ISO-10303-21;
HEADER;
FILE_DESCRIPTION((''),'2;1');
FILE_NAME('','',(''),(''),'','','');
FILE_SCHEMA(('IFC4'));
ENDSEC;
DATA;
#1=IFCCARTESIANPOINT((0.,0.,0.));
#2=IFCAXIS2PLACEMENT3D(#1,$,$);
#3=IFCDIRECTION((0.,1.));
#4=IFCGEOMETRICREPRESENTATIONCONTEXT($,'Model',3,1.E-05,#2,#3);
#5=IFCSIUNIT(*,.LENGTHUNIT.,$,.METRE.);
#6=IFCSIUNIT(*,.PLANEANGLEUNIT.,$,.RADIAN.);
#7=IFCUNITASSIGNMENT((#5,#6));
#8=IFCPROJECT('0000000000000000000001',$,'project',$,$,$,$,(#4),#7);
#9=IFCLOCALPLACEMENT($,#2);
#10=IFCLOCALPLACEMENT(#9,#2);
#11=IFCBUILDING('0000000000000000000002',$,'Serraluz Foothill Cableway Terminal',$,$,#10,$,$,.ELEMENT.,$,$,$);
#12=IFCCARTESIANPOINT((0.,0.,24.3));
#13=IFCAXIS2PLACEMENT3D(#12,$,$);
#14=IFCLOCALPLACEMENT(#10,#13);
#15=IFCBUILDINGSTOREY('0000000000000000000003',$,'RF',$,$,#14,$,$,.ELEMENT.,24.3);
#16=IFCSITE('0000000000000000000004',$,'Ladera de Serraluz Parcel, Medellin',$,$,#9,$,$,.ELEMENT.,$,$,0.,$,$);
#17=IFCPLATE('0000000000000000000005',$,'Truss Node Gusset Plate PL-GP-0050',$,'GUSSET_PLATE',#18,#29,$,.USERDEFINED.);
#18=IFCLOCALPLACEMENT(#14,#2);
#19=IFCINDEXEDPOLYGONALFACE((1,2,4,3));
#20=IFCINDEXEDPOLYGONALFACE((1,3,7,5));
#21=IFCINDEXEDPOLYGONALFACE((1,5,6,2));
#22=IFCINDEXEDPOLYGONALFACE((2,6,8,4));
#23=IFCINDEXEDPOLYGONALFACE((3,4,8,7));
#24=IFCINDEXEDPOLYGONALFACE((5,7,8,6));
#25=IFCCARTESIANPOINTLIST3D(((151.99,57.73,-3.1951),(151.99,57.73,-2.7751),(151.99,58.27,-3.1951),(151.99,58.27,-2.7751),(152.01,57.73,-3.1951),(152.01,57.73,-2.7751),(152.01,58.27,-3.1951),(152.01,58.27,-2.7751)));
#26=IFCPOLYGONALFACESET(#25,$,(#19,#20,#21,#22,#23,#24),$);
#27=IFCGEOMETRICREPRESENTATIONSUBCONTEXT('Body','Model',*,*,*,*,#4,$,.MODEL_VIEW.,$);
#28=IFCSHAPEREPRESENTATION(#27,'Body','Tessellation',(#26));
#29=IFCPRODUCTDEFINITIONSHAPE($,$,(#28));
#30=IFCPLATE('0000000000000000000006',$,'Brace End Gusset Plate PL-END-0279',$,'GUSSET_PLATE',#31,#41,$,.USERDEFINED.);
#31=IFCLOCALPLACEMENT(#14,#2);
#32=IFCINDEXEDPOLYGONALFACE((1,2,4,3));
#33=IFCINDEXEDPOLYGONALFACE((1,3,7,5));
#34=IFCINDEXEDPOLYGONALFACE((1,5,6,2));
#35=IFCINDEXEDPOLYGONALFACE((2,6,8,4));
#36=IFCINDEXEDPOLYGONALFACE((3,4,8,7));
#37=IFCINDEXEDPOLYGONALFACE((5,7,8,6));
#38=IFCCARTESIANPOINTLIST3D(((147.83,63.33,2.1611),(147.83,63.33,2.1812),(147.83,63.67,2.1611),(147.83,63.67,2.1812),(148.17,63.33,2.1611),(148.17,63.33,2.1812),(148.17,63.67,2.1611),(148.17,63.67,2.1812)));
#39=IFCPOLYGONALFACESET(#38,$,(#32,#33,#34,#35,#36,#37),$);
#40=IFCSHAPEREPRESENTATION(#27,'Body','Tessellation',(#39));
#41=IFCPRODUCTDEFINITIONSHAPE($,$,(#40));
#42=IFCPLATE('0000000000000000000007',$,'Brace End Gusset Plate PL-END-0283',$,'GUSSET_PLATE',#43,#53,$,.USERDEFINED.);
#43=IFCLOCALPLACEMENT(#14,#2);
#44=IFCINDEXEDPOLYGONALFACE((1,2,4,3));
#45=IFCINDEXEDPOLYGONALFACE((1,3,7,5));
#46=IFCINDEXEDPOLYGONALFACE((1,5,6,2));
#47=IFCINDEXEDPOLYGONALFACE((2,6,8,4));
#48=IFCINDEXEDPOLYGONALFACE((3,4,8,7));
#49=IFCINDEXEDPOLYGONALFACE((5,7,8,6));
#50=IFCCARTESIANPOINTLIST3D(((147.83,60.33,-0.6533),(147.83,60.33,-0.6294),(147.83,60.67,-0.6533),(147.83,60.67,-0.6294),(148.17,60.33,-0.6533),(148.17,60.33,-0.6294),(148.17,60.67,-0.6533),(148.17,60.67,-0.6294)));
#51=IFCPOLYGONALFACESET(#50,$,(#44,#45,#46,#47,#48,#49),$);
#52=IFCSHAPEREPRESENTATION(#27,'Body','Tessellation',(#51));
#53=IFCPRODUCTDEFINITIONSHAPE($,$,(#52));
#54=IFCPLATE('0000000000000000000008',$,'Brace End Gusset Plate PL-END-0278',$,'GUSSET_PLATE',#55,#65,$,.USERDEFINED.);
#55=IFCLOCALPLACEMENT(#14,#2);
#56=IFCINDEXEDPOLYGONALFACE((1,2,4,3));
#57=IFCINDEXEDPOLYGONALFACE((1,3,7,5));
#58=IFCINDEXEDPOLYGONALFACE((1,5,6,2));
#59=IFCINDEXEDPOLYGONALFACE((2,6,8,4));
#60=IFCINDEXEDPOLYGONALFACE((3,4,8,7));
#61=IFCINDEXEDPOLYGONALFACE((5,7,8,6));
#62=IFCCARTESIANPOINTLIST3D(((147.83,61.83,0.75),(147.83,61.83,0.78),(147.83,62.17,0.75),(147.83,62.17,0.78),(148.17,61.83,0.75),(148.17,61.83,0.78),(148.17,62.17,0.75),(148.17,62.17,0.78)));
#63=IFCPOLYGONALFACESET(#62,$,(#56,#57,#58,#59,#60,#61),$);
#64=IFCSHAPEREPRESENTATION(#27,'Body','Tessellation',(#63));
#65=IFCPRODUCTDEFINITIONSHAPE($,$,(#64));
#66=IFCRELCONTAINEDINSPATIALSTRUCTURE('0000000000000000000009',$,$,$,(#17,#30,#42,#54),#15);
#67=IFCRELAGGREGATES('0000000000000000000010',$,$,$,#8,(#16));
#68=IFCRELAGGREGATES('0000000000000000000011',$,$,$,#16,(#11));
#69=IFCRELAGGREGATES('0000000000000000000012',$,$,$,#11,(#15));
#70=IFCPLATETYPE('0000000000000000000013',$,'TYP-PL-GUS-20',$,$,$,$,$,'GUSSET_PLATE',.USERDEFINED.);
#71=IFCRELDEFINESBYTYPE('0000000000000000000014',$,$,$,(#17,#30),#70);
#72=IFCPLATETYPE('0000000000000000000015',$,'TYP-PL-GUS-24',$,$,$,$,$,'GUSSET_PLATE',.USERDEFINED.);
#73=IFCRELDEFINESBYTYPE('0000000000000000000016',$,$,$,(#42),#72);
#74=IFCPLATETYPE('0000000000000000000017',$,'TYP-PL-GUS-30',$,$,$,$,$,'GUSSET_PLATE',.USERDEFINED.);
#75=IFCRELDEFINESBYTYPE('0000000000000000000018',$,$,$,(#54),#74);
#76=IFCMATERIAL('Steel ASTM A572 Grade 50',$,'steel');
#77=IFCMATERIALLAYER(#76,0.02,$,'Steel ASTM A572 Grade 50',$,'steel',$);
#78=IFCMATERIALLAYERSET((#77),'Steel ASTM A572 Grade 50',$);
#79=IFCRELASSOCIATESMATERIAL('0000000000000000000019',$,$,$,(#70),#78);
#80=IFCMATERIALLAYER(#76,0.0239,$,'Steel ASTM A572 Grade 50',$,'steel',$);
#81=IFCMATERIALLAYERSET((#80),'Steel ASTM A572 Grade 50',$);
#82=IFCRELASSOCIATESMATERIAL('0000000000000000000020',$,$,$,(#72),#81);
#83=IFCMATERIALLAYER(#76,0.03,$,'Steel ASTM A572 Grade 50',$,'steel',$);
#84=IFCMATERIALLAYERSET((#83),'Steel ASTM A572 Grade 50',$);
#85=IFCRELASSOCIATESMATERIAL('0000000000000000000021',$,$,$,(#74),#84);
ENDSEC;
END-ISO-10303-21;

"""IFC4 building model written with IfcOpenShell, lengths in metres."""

from ifc_helpers import new_model, si_unit, direction, frame, origin, origin_2d, place, context, subcontext, project, spatial, rectangle, extrude, material, layer, layer_set, type_object, element, save


model = new_model("IFC4")

# Units and contexts
model_context = context("Model", 3, precision=1e-05, world=origin(), true_north=direction((0.0, 1.0)))
body_context = subcontext(model_context, "Body", "Model", "MODEL_VIEW")
ifc_project = project(units=[si_unit("LENGTHUNIT", "METRE"), si_unit("PLANEANGLEUNIT", "RADIAN")], contexts=[model_context])

# Site, building, storey
site_placement = place(None, origin())
site = spatial("IfcSite", under=ifc_project, at=site_placement, Name="Ladera de Serraluz Parcel, Medellin", CompositionType="ELEMENT", RefElevation=0.0)
building_placement = place(site_placement, origin())
building = spatial("IfcBuilding", under=site, at=building_placement, Name="Serraluz Foothill Cableway Terminal", CompositionType="ELEMENT")
storey_placement = place(building_placement, frame((0.0, 0.0, 24.3)))
storey = spatial("IfcBuildingStorey", under=building, at=storey_placement, Name="RF", CompositionType="ELEMENT", Elevation=24.3)

# Shared definitions
ifc_material_1 = material(Name="Steel ASTM A572 Grade 50", Category="steel")

# Plates
ifc_layer_1 = layer(ifc_material_1, 0.02, Name="Steel ASTM A572 Grade 50", Category="steel")
ifc_layer_set_1 = layer_set([ifc_layer_1], Name="Steel ASTM A572 Grade 50")
plate_type_1 = type_object("IfcPlateType", Name="TYP-PL-GUS-20", ElementType="GUSSET_PLATE", PredefinedType="USERDEFINED", material=ifc_layer_set_1)
plate_1_placement = place(storey_placement, frame((152.0, 58.0, -3.1951), z_axis=(0.0, 0.0, 1.0), x_axis=(1.0, 0.0, 0.0)))
element("IfcPlate", 1, at=plate_1_placement, inside=storey, type_object=plate_type_1, Name="Truss Node Gusset Plate PL-GP-0050", ObjectType="GUSSET_PLATE", PredefinedType="USERDEFINED", context=body_context, shape_type="SweptSolid", body=[
    extrude(rectangle(XDim=0.02, YDim=0.54, at=origin_2d()), origin(), (0.0, 0.0, 1.0), 0.4199),
])
plate_2_placement = place(storey_placement, frame((148.0, 63.5, 2.1611), z_axis=(0.0, 0.0, 1.0), x_axis=(1.0, 0.0, 0.0)))
element("IfcPlate", 2, at=plate_2_placement, inside=storey, type_object=plate_type_1, Name="Brace End Gusset Plate PL-END-0279", ObjectType="GUSSET_PLATE", PredefinedType="USERDEFINED", context=body_context, shape_type="SweptSolid", body=[
    extrude(rectangle(XDim=0.3401, YDim=0.3401, at=origin_2d()), origin(), (0.0, 0.0, 1.0), 0.02),
])
ifc_layer_2 = layer(ifc_material_1, 0.0239, Name="Steel ASTM A572 Grade 50", Category="steel")
ifc_layer_set_2 = layer_set([ifc_layer_2], Name="Steel ASTM A572 Grade 50")
plate_type_2 = type_object("IfcPlateType", Name="TYP-PL-GUS-24", ElementType="GUSSET_PLATE", PredefinedType="USERDEFINED", material=ifc_layer_set_2)
plate_3_placement = place(storey_placement, frame((148.0, 60.5, -0.6533), z_axis=(0.0, 0.0, 1.0), x_axis=(1.0, 0.0, 0.0)))
element("IfcPlate", 3, at=plate_3_placement, inside=storey, type_object=plate_type_2, Name="Brace End Gusset Plate PL-END-0283", ObjectType="GUSSET_PLATE", PredefinedType="USERDEFINED", context=body_context, shape_type="SweptSolid", body=[
    extrude(rectangle(XDim=0.3401, YDim=0.3401, at=origin_2d()), origin(), (0.0, 0.0, 1.0), 0.0239),
])
ifc_layer_3 = layer(ifc_material_1, 0.03, Name="Steel ASTM A572 Grade 50", Category="steel")
ifc_layer_set_3 = layer_set([ifc_layer_3], Name="Steel ASTM A572 Grade 50")
plate_type_3 = type_object("IfcPlateType", Name="TYP-PL-GUS-30", ElementType="GUSSET_PLATE", PredefinedType="USERDEFINED", material=ifc_layer_set_3)
plate_4_placement = place(storey_placement, frame((148.0, 62.0, 0.75), z_axis=(0.0, 0.0, 1.0), x_axis=(1.0, 0.0, 0.0)))
element("IfcPlate", 4, at=plate_4_placement, inside=storey, type_object=plate_type_3, Name="Brace End Gusset Plate PL-END-0278", ObjectType="GUSSET_PLATE", PredefinedType="USERDEFINED", context=body_context, shape_type="SweptSolid", body=[
    extrude(rectangle(XDim=0.3401, YDim=0.3401, at=origin_2d()), origin(), (0.0, 0.0, 1.0), 0.03),
])

save(model, "model.ifc")
